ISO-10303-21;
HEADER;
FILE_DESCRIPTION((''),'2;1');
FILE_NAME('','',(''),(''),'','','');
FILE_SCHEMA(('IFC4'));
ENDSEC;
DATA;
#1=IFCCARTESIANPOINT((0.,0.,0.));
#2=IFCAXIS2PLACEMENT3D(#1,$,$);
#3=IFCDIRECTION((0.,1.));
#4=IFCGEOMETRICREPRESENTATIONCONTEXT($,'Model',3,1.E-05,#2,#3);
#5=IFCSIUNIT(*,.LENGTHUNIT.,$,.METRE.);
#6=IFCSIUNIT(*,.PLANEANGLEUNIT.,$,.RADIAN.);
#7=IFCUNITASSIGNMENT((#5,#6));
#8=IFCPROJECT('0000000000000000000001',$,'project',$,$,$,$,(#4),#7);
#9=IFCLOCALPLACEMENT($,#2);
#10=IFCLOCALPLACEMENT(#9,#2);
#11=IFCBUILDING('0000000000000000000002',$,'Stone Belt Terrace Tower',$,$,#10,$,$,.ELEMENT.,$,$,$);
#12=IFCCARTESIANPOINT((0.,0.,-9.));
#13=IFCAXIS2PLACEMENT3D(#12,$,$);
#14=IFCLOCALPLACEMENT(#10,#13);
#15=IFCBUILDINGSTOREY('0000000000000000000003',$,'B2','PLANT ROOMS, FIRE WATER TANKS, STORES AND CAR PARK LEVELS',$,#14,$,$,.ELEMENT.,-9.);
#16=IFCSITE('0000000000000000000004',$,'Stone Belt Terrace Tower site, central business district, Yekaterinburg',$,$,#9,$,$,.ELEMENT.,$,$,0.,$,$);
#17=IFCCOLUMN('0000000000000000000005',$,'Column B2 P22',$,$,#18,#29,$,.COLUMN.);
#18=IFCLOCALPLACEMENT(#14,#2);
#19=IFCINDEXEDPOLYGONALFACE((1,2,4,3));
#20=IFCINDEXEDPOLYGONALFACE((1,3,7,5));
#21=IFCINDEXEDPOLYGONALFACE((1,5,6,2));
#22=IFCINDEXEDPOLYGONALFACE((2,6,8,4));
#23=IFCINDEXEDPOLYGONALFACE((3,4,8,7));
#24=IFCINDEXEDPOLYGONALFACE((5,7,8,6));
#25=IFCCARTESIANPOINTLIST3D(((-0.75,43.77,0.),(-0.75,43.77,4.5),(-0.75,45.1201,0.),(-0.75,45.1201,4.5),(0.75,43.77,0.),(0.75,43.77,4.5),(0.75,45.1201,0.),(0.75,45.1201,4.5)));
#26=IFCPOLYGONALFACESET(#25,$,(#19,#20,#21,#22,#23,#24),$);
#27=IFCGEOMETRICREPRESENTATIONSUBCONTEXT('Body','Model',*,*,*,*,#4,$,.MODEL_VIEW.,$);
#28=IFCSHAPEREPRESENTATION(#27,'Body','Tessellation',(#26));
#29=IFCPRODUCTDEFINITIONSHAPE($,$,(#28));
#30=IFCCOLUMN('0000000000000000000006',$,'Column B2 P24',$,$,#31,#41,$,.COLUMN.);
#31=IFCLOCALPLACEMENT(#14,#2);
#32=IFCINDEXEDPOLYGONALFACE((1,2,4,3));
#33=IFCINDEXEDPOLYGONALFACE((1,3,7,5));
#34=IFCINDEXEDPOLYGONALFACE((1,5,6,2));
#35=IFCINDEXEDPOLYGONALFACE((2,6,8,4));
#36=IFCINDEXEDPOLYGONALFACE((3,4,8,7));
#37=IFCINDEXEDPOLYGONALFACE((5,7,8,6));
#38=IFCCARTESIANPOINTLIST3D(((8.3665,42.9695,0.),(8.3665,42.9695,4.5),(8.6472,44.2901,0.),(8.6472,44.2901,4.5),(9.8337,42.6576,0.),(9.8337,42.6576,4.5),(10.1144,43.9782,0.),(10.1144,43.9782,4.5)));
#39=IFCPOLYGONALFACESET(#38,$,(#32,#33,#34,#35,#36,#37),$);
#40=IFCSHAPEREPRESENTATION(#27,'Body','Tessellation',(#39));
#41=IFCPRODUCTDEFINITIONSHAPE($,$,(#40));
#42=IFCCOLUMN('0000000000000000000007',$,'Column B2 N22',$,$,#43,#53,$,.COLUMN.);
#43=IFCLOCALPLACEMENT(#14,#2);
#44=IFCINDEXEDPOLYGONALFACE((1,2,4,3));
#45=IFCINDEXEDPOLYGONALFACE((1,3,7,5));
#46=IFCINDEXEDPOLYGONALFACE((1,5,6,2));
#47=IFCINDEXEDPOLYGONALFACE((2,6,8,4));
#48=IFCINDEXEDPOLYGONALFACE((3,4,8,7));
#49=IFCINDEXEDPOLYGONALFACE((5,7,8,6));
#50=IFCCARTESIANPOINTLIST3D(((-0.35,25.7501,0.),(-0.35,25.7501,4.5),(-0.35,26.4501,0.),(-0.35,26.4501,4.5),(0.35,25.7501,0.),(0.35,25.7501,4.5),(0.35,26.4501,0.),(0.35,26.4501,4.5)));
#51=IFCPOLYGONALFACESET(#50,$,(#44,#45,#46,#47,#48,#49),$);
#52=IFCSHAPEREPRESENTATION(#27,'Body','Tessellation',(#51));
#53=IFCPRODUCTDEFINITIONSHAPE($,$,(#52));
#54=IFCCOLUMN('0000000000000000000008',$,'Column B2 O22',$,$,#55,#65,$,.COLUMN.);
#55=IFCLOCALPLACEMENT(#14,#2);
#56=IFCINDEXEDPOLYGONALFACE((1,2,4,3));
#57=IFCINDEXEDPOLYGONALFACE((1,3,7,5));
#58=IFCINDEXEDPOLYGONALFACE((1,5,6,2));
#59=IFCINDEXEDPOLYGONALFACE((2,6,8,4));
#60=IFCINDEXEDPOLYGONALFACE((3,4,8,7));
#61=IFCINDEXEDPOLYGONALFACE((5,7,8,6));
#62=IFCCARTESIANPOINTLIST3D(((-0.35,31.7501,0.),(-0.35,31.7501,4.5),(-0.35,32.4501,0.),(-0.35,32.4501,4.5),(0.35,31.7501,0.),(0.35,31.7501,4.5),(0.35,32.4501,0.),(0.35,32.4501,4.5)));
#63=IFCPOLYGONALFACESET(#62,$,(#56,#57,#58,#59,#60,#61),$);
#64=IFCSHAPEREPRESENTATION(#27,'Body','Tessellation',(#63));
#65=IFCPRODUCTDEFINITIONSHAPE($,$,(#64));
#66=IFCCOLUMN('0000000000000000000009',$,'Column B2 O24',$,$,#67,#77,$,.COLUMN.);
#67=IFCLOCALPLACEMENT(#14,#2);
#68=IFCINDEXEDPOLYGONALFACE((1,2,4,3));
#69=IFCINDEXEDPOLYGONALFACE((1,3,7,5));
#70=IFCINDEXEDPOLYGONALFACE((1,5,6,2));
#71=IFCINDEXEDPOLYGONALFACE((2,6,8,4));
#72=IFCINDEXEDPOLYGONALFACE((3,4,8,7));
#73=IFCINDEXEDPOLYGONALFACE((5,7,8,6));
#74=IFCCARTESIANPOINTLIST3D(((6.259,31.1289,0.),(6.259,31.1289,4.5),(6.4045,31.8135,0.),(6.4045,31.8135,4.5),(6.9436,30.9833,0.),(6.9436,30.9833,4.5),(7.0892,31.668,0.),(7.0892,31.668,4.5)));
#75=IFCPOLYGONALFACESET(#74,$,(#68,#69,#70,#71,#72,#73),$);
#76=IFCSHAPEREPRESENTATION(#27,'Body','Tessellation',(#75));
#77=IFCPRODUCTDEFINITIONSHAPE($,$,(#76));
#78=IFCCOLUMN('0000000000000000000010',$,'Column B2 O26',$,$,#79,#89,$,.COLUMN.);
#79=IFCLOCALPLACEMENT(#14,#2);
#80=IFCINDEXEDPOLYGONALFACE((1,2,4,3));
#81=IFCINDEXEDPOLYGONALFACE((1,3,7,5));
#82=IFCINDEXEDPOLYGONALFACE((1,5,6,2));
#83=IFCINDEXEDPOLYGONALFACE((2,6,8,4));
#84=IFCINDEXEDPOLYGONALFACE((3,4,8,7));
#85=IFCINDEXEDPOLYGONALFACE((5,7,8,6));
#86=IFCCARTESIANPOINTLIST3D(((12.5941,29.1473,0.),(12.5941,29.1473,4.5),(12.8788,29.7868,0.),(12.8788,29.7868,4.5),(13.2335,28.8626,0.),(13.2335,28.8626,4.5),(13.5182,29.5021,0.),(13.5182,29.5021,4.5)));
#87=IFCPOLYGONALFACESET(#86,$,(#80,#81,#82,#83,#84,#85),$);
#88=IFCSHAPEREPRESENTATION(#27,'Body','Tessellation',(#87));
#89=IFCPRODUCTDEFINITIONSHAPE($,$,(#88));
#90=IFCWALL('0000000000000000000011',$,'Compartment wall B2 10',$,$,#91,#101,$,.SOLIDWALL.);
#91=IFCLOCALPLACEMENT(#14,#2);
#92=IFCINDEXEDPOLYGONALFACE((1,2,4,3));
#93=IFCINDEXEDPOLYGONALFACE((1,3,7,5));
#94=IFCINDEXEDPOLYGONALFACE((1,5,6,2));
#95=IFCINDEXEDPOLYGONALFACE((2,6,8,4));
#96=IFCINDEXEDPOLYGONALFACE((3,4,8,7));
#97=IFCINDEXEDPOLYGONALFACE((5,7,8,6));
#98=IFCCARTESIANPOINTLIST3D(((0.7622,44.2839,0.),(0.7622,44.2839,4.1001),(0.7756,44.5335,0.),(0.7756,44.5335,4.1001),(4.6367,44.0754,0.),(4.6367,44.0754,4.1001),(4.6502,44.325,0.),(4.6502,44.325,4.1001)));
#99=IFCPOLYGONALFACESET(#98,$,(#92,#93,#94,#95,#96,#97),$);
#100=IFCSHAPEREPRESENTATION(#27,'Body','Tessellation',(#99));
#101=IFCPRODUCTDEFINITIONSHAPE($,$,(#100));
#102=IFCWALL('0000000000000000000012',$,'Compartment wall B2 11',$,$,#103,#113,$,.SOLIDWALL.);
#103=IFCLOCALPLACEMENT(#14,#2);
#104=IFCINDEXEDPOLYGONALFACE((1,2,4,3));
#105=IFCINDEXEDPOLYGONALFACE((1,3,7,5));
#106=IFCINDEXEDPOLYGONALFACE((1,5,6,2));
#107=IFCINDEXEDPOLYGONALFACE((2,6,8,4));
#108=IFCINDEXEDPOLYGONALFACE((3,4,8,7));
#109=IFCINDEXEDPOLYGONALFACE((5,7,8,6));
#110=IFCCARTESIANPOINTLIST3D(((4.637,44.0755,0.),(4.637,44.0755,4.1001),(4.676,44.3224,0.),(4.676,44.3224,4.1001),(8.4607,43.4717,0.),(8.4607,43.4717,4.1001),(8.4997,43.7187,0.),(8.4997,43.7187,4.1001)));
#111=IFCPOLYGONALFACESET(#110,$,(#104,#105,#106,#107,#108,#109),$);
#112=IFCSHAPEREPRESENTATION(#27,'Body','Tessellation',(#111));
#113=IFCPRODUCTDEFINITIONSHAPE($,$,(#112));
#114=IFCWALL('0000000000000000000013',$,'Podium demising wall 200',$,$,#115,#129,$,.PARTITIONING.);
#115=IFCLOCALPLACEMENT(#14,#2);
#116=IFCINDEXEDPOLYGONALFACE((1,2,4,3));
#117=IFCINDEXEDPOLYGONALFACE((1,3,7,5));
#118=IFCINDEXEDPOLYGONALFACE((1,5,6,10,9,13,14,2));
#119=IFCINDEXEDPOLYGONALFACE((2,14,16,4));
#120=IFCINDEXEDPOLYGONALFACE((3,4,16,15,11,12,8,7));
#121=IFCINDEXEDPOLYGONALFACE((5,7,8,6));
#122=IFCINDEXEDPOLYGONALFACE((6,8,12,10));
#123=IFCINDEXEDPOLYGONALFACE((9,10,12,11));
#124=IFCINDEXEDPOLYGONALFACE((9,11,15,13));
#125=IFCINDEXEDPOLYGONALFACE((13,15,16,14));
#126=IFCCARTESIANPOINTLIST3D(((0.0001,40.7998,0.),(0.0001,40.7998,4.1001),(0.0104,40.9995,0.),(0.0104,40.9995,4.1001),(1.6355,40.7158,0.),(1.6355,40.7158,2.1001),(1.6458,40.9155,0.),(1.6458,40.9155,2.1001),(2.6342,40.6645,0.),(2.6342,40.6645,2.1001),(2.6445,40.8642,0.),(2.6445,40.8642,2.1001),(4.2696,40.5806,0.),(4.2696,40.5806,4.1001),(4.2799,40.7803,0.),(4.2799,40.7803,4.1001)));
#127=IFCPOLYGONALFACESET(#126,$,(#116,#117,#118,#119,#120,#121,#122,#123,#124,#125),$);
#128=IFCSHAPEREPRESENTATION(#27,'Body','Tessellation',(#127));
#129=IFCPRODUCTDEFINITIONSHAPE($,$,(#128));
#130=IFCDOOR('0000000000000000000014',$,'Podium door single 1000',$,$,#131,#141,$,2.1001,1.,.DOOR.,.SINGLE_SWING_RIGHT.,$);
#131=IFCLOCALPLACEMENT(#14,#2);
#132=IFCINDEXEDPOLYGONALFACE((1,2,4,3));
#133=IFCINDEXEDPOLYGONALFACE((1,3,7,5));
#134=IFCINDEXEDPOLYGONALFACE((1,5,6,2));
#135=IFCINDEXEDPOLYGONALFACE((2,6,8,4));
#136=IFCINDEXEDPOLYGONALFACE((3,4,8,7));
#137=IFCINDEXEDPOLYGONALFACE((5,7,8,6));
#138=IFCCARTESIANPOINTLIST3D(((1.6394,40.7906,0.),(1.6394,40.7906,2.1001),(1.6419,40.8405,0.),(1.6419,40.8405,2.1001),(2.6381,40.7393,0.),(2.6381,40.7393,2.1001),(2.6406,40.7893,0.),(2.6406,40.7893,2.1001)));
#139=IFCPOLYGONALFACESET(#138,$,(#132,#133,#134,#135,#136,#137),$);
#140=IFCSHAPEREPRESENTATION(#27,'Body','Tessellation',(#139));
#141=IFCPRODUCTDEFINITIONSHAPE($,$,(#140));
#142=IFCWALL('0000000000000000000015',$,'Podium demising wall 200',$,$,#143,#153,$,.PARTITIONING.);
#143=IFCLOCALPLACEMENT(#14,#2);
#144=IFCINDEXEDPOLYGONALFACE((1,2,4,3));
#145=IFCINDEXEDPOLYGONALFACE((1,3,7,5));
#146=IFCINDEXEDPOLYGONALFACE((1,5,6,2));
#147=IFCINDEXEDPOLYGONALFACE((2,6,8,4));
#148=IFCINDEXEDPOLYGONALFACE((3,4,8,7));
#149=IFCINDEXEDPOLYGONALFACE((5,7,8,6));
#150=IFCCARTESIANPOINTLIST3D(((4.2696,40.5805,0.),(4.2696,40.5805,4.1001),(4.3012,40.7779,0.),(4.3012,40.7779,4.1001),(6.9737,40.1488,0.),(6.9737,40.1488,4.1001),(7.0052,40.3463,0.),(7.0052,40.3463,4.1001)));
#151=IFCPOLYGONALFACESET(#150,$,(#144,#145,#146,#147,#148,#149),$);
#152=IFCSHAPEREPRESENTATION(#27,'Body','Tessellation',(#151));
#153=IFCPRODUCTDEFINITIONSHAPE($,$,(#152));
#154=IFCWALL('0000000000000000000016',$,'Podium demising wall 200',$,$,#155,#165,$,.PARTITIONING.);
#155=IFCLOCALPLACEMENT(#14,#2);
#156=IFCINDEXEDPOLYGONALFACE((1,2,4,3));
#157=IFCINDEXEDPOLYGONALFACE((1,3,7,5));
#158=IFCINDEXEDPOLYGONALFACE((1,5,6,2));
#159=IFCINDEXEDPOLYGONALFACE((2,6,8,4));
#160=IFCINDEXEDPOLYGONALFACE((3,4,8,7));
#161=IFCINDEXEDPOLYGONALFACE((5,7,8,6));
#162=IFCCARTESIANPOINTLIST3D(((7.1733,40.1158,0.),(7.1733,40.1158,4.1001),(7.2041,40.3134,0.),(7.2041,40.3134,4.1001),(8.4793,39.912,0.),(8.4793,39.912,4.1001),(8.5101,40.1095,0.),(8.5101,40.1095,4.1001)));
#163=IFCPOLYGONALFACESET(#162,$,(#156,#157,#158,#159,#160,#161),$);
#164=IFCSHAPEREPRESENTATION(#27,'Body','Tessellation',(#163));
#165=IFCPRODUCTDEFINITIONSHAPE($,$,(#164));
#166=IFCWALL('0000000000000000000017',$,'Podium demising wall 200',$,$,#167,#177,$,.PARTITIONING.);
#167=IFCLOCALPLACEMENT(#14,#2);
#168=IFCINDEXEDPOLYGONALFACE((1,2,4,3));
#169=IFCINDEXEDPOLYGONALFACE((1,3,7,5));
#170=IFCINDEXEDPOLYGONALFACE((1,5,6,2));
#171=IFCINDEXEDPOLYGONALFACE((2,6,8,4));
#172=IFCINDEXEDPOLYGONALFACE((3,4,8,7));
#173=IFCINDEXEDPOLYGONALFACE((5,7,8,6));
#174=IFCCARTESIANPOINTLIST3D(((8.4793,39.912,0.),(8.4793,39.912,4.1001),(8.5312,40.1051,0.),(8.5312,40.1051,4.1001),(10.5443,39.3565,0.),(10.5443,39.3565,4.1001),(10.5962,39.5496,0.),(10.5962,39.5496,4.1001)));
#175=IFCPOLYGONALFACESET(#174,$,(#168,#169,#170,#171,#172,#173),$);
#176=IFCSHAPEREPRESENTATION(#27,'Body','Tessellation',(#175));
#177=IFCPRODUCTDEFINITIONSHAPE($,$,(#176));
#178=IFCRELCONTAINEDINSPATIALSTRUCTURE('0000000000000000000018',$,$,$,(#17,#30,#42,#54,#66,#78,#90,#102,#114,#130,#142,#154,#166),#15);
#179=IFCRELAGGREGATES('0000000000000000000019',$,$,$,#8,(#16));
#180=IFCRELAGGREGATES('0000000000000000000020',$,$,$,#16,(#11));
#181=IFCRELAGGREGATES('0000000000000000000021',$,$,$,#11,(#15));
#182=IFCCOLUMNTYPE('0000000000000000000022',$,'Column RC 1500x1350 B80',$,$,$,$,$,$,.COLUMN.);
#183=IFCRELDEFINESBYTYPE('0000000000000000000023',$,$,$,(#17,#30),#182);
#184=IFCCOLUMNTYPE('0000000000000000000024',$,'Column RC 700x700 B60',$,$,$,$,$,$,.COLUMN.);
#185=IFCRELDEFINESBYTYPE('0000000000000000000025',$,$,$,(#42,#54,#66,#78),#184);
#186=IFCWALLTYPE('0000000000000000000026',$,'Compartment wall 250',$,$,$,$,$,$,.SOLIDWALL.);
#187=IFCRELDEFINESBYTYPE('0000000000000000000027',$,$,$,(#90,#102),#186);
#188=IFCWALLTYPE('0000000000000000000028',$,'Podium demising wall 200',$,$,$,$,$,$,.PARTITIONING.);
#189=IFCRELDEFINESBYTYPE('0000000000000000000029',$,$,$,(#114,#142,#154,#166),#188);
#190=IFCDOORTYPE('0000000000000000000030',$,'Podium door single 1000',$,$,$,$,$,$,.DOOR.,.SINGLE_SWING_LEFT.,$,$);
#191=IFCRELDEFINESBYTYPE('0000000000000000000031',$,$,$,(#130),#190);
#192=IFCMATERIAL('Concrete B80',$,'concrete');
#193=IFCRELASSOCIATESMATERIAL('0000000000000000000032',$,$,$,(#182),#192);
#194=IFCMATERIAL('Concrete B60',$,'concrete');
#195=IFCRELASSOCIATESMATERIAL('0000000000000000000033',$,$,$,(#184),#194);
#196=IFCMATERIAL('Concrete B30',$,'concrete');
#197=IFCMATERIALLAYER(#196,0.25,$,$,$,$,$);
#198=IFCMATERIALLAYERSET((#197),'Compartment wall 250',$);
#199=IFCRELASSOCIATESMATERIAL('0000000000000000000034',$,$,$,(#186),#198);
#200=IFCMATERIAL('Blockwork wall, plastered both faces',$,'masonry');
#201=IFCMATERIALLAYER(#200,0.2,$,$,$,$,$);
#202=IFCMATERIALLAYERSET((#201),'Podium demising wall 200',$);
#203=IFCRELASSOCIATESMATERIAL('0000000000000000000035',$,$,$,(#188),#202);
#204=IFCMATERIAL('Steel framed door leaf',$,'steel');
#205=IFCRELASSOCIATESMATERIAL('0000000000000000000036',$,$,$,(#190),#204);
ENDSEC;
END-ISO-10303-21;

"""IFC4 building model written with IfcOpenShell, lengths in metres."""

from ifc_helpers import new_model, si_unit, direction, frame, frame_2d, origin, origin_2d, place, context, subcontext, project, spatial, rectangle, extrude, material, layer, layer_set, material_profile, profile_set, type_object, element, fill, save


model = new_model("IFC4")

# Units and contexts
model_context = context("Model", 3, precision=1e-05, world=origin(), true_north=direction((0.0, 1.0)))
body_context = subcontext(model_context, "Body", "Model", "MODEL_VIEW")
ifc_project = project(units=[si_unit("LENGTHUNIT", "METRE"), si_unit("PLANEANGLEUNIT", "RADIAN")], contexts=[model_context])

# Site, building, storey
site_placement = place(None, origin())
site = spatial("IfcSite", under=ifc_project, at=site_placement, Name="Stone Belt Terrace Tower site, central business district, Yekaterinburg", CompositionType="ELEMENT", RefElevation=0.0)
building_placement = place(site_placement, origin())
building = spatial("IfcBuilding", under=site, at=building_placement, Name="Stone Belt Terrace Tower", CompositionType="ELEMENT")
storey_placement = place(building_placement, frame((0.0, 0.0, -9.0)))
storey = spatial("IfcBuildingStorey", under=building, at=storey_placement, Name="B2", Description="PLANT ROOMS, FIRE WATER TANKS, STORES AND CAR PARK LEVELS", CompositionType="ELEMENT", Elevation=-9.0)

# Columns
ifc_material_1 = material(Name="Concrete B80", Category="concrete")
ifc_material_profile_1 = material_profile(ifc_material_1, rectangle(XDim=1.5, YDim=1.3501, at=origin_2d()), Name="RC 1500x1350")
ifc_profile_set_1 = profile_set([ifc_material_profile_1], Name="Concrete B80")
column_type_1 = type_object("IfcColumnType", Name="Column RC 1500x1350 B80", PredefinedType="COLUMN", material=ifc_profile_set_1)
for number, where, z_axis, x_axis, name in (
    (1, (0.0, 44.4451, 0.0), (0.0, 0.0, 1.0), (1.0, 0.0, 0.0), "Column B2 P22"),
    (2, (9.2405, 43.4739, 0.0), (0.0, 0.0, 1.0), (0.978148, -0.207912, 0.0), "Column B2 P24"),
):
    element("IfcColumn", number, at=place(storey_placement, frame(where, z_axis=z_axis, x_axis=x_axis)), inside=storey, type_object=column_type_1, Name=name, PredefinedType="COLUMN", context=body_context, shape_type="SweptSolid", body=[
        extrude(rectangle(XDim=1.5, YDim=1.3501, at=origin_2d()), origin(), (0.0, 0.0, 1.0), 4.5),
    ])
ifc_material_2 = material(Name="Concrete B60", Category="concrete")
ifc_material_profile_2 = material_profile(ifc_material_2, rectangle(XDim=0.7, YDim=0.7, at=origin_2d()), Name="RC 700x700")
ifc_profile_set_2 = profile_set([ifc_material_profile_2], Name="Concrete B60")
column_type_2 = type_object("IfcColumnType", Name="Column RC 700x700 B60", PredefinedType="COLUMN", material=ifc_profile_set_2)
for number, where, z_axis, x_axis, name in (
    (3, (0.0, 26.1001, 0.0), (0.0, 0.0, 1.0), (1.0, 0.0, 0.0), "Column B2 N22"),
    (4, (0.0, 32.1001, 0.0), (0.0, 0.0, 1.0), (1.0, 0.0, 0.0), "Column B2 O22"),
    (5, (6.6741, 31.3984, 0.0), (0.0, 0.0, 1.0), (0.978148, -0.207912, 0.0), "Column B2 O24"),
    (6, (13.0562, 29.3247, 0.0), (0.0, 0.0, 1.0), (0.913545, -0.406737, 0.0), "Column B2 O26"),
):
    element("IfcColumn", number, at=place(storey_placement, frame(where, z_axis=z_axis, x_axis=x_axis)), inside=storey, type_object=column_type_2, Name=name, PredefinedType="COLUMN", context=body_context, shape_type="SweptSolid", body=[
        extrude(rectangle(XDim=0.7, YDim=0.7, at=origin_2d()), origin(), (0.0, 0.0, 1.0), 4.5),
    ])

# Walls
ifc_material_3 = material(Name="Concrete B30", Category="concrete")
ifc_layer_1 = layer(ifc_material_3, 0.25)
ifc_layer_set_1 = layer_set([ifc_layer_1], Name="Compartment wall 250")
wall_type_1 = type_object("IfcWallType", Name="Compartment wall 250", PredefinedType="SOLIDWALL", material=ifc_layer_set_1)
wall_1_placement = place(storey_placement, frame((0.769, 44.4087, 0.0), z_axis=(0.0, 0.0, 1.0), x_axis=(0.998555, -0.053734, 0.0)))
element("IfcWall", 7, at=wall_1_placement, inside=storey, type_object=wall_type_1, Name="Compartment wall B2 10", PredefinedType="SOLIDWALL", context=body_context, shape_type="SweptSolid", body=[
    extrude(rectangle(XDim=3.8801, YDim=0.25, at=frame_2d((1.9399, 0.0))), origin(), (0.0, 0.0, 1.0), 4.1001),
])
wall_2_placement = place(storey_placement, frame((4.6565, 44.199, 0.0), z_axis=(0.0, 0.0, 1.0), x_axis=(0.987762, -0.155966, 0.0)))
element("IfcWall", 8, at=wall_2_placement, inside=storey, type_object=wall_type_1, Name="Compartment wall B2 11", PredefinedType="SOLIDWALL", context=body_context, shape_type="SweptSolid", body=[
    extrude(rectangle(XDim=3.8711, YDim=0.25, at=frame_2d((1.9355, 0.0))), origin(), (0.0, 0.0, 1.0), 4.1001),
])

# Wall, opening, door
ifc_material_4 = material(Name="Blockwork wall, plastered both faces", Category="masonry")
ifc_layer_2 = layer(ifc_material_4, 0.2)
ifc_layer_set_2 = layer_set([ifc_layer_2], Name="Podium demising wall 200")
wall_type_2 = type_object("IfcWallType", Name="Podium demising wall 200", PredefinedType="PARTITIONING", material=ifc_layer_set_2)
wall_3_placement = place(storey_placement, frame((0.0051, 40.8997, 0.0), z_axis=(0.0, 0.0, 1.0), x_axis=(0.998684, -0.051282, 0.0)))
wall_3 = element("IfcWall", 9, at=wall_3_placement, inside=storey, type_object=wall_type_2, Name="Podium demising wall 200", PredefinedType="PARTITIONING", context=body_context, shape_type="SweptSolid", body=[
    extrude(rectangle(XDim=4.2751, YDim=0.2, at=frame_2d((2.1377, 0.0))), origin(), (0.0, 0.0, 1.0), 4.1001),
])
opening_1_placement = place(wall_3_placement, frame((1.6377, 0.0, 0.0)))
opening_1 = element("IfcOpeningElement", 10, at=opening_1_placement, cuts=wall_3, PredefinedType="OPENING", context=body_context, shape_type="SweptSolid", body=[
    extrude(rectangle(XDim=1.0, YDim=2.1001, at=frame_2d((0.5, 1.05))), frame((0.0, 0.1099, 0.0), z_axis=(0.0, -1.0, 0.0), x_axis=(1.0, 0.0, 0.0)), (0.0, 0.0, 1.0), 0.22),
])
ifc_material_5 = material(Name="Steel framed door leaf", Category="steel")
door_type_1 = type_object("IfcDoorType", Name="Podium door single 1000", OperationType="SINGLE_SWING_LEFT", PredefinedType="DOOR", material=ifc_material_5)
door_1_placement = place(opening_1_placement, origin())
door_1 = element("IfcDoor", 11, at=door_1_placement, inside=storey, type_object=door_type_1, Name="Podium door single 1000", OperationType="SINGLE_SWING_RIGHT", OverallHeight=2.1001, OverallWidth=1.0, PredefinedType="DOOR", context=body_context, shape_type="SweptSolid", body=[
    extrude(rectangle(XDim=1.0, YDim=2.1001, at=frame_2d((0.5, 1.05))), frame((0.0, 0.0249, 0.0), z_axis=(0.0, -1.0, 0.0), x_axis=(1.0, 0.0, 0.0)), (0.0, 0.0, 1.0), 0.05),
])
fill(opening_1, door_1)

# Walls
wall_4_placement = place(storey_placement, frame((4.2854, 40.6792, 0.0), z_axis=(0.0, 0.0, 1.0), x_axis=(0.987498, -0.157629, 0.0)))
element("IfcWall", 12, at=wall_4_placement, inside=storey, type_object=wall_type_2, Name="Podium demising wall 200", PredefinedType="PARTITIONING", context=body_context, shape_type="SweptSolid", body=[
    extrude(rectangle(XDim=2.7383, YDim=0.2, at=frame_2d((1.3691, 0.0))), origin(), (0.0, 0.0, 1.0), 4.1001),
])
wall_5_placement = place(storey_placement, frame((7.1887, 40.2146, 0.0), z_axis=(0.0, 0.0, 1.0), x_axis=(0.988034, -0.154236, 0.0)))
element("IfcWall", 13, at=wall_5_placement, inside=storey, type_object=wall_type_2, Name="Podium demising wall 200", PredefinedType="PARTITIONING", context=body_context, shape_type="SweptSolid", body=[
    extrude(rectangle(XDim=1.3218, YDim=0.2, at=frame_2d((0.6609, 0.0))), origin(), (0.0, 0.0, 1.0), 4.1001),
])
wall_6_placement = place(storey_placement, frame((8.5051, 40.0085, 0.0), z_axis=(0.0, 0.0, 1.0), x_axis=(0.965677, -0.259744, 0.0)))
element("IfcWall", 14, at=wall_6_placement, inside=storey, type_object=wall_type_2, Name="Podium demising wall 200", PredefinedType="PARTITIONING", context=body_context, shape_type="SweptSolid", body=[
    extrude(rectangle(XDim=2.1384, YDim=0.2, at=frame_2d((1.0693, 0.0))), origin(), (0.0, 0.0, 1.0), 4.1001),
])

save(model, "model.ifc")
